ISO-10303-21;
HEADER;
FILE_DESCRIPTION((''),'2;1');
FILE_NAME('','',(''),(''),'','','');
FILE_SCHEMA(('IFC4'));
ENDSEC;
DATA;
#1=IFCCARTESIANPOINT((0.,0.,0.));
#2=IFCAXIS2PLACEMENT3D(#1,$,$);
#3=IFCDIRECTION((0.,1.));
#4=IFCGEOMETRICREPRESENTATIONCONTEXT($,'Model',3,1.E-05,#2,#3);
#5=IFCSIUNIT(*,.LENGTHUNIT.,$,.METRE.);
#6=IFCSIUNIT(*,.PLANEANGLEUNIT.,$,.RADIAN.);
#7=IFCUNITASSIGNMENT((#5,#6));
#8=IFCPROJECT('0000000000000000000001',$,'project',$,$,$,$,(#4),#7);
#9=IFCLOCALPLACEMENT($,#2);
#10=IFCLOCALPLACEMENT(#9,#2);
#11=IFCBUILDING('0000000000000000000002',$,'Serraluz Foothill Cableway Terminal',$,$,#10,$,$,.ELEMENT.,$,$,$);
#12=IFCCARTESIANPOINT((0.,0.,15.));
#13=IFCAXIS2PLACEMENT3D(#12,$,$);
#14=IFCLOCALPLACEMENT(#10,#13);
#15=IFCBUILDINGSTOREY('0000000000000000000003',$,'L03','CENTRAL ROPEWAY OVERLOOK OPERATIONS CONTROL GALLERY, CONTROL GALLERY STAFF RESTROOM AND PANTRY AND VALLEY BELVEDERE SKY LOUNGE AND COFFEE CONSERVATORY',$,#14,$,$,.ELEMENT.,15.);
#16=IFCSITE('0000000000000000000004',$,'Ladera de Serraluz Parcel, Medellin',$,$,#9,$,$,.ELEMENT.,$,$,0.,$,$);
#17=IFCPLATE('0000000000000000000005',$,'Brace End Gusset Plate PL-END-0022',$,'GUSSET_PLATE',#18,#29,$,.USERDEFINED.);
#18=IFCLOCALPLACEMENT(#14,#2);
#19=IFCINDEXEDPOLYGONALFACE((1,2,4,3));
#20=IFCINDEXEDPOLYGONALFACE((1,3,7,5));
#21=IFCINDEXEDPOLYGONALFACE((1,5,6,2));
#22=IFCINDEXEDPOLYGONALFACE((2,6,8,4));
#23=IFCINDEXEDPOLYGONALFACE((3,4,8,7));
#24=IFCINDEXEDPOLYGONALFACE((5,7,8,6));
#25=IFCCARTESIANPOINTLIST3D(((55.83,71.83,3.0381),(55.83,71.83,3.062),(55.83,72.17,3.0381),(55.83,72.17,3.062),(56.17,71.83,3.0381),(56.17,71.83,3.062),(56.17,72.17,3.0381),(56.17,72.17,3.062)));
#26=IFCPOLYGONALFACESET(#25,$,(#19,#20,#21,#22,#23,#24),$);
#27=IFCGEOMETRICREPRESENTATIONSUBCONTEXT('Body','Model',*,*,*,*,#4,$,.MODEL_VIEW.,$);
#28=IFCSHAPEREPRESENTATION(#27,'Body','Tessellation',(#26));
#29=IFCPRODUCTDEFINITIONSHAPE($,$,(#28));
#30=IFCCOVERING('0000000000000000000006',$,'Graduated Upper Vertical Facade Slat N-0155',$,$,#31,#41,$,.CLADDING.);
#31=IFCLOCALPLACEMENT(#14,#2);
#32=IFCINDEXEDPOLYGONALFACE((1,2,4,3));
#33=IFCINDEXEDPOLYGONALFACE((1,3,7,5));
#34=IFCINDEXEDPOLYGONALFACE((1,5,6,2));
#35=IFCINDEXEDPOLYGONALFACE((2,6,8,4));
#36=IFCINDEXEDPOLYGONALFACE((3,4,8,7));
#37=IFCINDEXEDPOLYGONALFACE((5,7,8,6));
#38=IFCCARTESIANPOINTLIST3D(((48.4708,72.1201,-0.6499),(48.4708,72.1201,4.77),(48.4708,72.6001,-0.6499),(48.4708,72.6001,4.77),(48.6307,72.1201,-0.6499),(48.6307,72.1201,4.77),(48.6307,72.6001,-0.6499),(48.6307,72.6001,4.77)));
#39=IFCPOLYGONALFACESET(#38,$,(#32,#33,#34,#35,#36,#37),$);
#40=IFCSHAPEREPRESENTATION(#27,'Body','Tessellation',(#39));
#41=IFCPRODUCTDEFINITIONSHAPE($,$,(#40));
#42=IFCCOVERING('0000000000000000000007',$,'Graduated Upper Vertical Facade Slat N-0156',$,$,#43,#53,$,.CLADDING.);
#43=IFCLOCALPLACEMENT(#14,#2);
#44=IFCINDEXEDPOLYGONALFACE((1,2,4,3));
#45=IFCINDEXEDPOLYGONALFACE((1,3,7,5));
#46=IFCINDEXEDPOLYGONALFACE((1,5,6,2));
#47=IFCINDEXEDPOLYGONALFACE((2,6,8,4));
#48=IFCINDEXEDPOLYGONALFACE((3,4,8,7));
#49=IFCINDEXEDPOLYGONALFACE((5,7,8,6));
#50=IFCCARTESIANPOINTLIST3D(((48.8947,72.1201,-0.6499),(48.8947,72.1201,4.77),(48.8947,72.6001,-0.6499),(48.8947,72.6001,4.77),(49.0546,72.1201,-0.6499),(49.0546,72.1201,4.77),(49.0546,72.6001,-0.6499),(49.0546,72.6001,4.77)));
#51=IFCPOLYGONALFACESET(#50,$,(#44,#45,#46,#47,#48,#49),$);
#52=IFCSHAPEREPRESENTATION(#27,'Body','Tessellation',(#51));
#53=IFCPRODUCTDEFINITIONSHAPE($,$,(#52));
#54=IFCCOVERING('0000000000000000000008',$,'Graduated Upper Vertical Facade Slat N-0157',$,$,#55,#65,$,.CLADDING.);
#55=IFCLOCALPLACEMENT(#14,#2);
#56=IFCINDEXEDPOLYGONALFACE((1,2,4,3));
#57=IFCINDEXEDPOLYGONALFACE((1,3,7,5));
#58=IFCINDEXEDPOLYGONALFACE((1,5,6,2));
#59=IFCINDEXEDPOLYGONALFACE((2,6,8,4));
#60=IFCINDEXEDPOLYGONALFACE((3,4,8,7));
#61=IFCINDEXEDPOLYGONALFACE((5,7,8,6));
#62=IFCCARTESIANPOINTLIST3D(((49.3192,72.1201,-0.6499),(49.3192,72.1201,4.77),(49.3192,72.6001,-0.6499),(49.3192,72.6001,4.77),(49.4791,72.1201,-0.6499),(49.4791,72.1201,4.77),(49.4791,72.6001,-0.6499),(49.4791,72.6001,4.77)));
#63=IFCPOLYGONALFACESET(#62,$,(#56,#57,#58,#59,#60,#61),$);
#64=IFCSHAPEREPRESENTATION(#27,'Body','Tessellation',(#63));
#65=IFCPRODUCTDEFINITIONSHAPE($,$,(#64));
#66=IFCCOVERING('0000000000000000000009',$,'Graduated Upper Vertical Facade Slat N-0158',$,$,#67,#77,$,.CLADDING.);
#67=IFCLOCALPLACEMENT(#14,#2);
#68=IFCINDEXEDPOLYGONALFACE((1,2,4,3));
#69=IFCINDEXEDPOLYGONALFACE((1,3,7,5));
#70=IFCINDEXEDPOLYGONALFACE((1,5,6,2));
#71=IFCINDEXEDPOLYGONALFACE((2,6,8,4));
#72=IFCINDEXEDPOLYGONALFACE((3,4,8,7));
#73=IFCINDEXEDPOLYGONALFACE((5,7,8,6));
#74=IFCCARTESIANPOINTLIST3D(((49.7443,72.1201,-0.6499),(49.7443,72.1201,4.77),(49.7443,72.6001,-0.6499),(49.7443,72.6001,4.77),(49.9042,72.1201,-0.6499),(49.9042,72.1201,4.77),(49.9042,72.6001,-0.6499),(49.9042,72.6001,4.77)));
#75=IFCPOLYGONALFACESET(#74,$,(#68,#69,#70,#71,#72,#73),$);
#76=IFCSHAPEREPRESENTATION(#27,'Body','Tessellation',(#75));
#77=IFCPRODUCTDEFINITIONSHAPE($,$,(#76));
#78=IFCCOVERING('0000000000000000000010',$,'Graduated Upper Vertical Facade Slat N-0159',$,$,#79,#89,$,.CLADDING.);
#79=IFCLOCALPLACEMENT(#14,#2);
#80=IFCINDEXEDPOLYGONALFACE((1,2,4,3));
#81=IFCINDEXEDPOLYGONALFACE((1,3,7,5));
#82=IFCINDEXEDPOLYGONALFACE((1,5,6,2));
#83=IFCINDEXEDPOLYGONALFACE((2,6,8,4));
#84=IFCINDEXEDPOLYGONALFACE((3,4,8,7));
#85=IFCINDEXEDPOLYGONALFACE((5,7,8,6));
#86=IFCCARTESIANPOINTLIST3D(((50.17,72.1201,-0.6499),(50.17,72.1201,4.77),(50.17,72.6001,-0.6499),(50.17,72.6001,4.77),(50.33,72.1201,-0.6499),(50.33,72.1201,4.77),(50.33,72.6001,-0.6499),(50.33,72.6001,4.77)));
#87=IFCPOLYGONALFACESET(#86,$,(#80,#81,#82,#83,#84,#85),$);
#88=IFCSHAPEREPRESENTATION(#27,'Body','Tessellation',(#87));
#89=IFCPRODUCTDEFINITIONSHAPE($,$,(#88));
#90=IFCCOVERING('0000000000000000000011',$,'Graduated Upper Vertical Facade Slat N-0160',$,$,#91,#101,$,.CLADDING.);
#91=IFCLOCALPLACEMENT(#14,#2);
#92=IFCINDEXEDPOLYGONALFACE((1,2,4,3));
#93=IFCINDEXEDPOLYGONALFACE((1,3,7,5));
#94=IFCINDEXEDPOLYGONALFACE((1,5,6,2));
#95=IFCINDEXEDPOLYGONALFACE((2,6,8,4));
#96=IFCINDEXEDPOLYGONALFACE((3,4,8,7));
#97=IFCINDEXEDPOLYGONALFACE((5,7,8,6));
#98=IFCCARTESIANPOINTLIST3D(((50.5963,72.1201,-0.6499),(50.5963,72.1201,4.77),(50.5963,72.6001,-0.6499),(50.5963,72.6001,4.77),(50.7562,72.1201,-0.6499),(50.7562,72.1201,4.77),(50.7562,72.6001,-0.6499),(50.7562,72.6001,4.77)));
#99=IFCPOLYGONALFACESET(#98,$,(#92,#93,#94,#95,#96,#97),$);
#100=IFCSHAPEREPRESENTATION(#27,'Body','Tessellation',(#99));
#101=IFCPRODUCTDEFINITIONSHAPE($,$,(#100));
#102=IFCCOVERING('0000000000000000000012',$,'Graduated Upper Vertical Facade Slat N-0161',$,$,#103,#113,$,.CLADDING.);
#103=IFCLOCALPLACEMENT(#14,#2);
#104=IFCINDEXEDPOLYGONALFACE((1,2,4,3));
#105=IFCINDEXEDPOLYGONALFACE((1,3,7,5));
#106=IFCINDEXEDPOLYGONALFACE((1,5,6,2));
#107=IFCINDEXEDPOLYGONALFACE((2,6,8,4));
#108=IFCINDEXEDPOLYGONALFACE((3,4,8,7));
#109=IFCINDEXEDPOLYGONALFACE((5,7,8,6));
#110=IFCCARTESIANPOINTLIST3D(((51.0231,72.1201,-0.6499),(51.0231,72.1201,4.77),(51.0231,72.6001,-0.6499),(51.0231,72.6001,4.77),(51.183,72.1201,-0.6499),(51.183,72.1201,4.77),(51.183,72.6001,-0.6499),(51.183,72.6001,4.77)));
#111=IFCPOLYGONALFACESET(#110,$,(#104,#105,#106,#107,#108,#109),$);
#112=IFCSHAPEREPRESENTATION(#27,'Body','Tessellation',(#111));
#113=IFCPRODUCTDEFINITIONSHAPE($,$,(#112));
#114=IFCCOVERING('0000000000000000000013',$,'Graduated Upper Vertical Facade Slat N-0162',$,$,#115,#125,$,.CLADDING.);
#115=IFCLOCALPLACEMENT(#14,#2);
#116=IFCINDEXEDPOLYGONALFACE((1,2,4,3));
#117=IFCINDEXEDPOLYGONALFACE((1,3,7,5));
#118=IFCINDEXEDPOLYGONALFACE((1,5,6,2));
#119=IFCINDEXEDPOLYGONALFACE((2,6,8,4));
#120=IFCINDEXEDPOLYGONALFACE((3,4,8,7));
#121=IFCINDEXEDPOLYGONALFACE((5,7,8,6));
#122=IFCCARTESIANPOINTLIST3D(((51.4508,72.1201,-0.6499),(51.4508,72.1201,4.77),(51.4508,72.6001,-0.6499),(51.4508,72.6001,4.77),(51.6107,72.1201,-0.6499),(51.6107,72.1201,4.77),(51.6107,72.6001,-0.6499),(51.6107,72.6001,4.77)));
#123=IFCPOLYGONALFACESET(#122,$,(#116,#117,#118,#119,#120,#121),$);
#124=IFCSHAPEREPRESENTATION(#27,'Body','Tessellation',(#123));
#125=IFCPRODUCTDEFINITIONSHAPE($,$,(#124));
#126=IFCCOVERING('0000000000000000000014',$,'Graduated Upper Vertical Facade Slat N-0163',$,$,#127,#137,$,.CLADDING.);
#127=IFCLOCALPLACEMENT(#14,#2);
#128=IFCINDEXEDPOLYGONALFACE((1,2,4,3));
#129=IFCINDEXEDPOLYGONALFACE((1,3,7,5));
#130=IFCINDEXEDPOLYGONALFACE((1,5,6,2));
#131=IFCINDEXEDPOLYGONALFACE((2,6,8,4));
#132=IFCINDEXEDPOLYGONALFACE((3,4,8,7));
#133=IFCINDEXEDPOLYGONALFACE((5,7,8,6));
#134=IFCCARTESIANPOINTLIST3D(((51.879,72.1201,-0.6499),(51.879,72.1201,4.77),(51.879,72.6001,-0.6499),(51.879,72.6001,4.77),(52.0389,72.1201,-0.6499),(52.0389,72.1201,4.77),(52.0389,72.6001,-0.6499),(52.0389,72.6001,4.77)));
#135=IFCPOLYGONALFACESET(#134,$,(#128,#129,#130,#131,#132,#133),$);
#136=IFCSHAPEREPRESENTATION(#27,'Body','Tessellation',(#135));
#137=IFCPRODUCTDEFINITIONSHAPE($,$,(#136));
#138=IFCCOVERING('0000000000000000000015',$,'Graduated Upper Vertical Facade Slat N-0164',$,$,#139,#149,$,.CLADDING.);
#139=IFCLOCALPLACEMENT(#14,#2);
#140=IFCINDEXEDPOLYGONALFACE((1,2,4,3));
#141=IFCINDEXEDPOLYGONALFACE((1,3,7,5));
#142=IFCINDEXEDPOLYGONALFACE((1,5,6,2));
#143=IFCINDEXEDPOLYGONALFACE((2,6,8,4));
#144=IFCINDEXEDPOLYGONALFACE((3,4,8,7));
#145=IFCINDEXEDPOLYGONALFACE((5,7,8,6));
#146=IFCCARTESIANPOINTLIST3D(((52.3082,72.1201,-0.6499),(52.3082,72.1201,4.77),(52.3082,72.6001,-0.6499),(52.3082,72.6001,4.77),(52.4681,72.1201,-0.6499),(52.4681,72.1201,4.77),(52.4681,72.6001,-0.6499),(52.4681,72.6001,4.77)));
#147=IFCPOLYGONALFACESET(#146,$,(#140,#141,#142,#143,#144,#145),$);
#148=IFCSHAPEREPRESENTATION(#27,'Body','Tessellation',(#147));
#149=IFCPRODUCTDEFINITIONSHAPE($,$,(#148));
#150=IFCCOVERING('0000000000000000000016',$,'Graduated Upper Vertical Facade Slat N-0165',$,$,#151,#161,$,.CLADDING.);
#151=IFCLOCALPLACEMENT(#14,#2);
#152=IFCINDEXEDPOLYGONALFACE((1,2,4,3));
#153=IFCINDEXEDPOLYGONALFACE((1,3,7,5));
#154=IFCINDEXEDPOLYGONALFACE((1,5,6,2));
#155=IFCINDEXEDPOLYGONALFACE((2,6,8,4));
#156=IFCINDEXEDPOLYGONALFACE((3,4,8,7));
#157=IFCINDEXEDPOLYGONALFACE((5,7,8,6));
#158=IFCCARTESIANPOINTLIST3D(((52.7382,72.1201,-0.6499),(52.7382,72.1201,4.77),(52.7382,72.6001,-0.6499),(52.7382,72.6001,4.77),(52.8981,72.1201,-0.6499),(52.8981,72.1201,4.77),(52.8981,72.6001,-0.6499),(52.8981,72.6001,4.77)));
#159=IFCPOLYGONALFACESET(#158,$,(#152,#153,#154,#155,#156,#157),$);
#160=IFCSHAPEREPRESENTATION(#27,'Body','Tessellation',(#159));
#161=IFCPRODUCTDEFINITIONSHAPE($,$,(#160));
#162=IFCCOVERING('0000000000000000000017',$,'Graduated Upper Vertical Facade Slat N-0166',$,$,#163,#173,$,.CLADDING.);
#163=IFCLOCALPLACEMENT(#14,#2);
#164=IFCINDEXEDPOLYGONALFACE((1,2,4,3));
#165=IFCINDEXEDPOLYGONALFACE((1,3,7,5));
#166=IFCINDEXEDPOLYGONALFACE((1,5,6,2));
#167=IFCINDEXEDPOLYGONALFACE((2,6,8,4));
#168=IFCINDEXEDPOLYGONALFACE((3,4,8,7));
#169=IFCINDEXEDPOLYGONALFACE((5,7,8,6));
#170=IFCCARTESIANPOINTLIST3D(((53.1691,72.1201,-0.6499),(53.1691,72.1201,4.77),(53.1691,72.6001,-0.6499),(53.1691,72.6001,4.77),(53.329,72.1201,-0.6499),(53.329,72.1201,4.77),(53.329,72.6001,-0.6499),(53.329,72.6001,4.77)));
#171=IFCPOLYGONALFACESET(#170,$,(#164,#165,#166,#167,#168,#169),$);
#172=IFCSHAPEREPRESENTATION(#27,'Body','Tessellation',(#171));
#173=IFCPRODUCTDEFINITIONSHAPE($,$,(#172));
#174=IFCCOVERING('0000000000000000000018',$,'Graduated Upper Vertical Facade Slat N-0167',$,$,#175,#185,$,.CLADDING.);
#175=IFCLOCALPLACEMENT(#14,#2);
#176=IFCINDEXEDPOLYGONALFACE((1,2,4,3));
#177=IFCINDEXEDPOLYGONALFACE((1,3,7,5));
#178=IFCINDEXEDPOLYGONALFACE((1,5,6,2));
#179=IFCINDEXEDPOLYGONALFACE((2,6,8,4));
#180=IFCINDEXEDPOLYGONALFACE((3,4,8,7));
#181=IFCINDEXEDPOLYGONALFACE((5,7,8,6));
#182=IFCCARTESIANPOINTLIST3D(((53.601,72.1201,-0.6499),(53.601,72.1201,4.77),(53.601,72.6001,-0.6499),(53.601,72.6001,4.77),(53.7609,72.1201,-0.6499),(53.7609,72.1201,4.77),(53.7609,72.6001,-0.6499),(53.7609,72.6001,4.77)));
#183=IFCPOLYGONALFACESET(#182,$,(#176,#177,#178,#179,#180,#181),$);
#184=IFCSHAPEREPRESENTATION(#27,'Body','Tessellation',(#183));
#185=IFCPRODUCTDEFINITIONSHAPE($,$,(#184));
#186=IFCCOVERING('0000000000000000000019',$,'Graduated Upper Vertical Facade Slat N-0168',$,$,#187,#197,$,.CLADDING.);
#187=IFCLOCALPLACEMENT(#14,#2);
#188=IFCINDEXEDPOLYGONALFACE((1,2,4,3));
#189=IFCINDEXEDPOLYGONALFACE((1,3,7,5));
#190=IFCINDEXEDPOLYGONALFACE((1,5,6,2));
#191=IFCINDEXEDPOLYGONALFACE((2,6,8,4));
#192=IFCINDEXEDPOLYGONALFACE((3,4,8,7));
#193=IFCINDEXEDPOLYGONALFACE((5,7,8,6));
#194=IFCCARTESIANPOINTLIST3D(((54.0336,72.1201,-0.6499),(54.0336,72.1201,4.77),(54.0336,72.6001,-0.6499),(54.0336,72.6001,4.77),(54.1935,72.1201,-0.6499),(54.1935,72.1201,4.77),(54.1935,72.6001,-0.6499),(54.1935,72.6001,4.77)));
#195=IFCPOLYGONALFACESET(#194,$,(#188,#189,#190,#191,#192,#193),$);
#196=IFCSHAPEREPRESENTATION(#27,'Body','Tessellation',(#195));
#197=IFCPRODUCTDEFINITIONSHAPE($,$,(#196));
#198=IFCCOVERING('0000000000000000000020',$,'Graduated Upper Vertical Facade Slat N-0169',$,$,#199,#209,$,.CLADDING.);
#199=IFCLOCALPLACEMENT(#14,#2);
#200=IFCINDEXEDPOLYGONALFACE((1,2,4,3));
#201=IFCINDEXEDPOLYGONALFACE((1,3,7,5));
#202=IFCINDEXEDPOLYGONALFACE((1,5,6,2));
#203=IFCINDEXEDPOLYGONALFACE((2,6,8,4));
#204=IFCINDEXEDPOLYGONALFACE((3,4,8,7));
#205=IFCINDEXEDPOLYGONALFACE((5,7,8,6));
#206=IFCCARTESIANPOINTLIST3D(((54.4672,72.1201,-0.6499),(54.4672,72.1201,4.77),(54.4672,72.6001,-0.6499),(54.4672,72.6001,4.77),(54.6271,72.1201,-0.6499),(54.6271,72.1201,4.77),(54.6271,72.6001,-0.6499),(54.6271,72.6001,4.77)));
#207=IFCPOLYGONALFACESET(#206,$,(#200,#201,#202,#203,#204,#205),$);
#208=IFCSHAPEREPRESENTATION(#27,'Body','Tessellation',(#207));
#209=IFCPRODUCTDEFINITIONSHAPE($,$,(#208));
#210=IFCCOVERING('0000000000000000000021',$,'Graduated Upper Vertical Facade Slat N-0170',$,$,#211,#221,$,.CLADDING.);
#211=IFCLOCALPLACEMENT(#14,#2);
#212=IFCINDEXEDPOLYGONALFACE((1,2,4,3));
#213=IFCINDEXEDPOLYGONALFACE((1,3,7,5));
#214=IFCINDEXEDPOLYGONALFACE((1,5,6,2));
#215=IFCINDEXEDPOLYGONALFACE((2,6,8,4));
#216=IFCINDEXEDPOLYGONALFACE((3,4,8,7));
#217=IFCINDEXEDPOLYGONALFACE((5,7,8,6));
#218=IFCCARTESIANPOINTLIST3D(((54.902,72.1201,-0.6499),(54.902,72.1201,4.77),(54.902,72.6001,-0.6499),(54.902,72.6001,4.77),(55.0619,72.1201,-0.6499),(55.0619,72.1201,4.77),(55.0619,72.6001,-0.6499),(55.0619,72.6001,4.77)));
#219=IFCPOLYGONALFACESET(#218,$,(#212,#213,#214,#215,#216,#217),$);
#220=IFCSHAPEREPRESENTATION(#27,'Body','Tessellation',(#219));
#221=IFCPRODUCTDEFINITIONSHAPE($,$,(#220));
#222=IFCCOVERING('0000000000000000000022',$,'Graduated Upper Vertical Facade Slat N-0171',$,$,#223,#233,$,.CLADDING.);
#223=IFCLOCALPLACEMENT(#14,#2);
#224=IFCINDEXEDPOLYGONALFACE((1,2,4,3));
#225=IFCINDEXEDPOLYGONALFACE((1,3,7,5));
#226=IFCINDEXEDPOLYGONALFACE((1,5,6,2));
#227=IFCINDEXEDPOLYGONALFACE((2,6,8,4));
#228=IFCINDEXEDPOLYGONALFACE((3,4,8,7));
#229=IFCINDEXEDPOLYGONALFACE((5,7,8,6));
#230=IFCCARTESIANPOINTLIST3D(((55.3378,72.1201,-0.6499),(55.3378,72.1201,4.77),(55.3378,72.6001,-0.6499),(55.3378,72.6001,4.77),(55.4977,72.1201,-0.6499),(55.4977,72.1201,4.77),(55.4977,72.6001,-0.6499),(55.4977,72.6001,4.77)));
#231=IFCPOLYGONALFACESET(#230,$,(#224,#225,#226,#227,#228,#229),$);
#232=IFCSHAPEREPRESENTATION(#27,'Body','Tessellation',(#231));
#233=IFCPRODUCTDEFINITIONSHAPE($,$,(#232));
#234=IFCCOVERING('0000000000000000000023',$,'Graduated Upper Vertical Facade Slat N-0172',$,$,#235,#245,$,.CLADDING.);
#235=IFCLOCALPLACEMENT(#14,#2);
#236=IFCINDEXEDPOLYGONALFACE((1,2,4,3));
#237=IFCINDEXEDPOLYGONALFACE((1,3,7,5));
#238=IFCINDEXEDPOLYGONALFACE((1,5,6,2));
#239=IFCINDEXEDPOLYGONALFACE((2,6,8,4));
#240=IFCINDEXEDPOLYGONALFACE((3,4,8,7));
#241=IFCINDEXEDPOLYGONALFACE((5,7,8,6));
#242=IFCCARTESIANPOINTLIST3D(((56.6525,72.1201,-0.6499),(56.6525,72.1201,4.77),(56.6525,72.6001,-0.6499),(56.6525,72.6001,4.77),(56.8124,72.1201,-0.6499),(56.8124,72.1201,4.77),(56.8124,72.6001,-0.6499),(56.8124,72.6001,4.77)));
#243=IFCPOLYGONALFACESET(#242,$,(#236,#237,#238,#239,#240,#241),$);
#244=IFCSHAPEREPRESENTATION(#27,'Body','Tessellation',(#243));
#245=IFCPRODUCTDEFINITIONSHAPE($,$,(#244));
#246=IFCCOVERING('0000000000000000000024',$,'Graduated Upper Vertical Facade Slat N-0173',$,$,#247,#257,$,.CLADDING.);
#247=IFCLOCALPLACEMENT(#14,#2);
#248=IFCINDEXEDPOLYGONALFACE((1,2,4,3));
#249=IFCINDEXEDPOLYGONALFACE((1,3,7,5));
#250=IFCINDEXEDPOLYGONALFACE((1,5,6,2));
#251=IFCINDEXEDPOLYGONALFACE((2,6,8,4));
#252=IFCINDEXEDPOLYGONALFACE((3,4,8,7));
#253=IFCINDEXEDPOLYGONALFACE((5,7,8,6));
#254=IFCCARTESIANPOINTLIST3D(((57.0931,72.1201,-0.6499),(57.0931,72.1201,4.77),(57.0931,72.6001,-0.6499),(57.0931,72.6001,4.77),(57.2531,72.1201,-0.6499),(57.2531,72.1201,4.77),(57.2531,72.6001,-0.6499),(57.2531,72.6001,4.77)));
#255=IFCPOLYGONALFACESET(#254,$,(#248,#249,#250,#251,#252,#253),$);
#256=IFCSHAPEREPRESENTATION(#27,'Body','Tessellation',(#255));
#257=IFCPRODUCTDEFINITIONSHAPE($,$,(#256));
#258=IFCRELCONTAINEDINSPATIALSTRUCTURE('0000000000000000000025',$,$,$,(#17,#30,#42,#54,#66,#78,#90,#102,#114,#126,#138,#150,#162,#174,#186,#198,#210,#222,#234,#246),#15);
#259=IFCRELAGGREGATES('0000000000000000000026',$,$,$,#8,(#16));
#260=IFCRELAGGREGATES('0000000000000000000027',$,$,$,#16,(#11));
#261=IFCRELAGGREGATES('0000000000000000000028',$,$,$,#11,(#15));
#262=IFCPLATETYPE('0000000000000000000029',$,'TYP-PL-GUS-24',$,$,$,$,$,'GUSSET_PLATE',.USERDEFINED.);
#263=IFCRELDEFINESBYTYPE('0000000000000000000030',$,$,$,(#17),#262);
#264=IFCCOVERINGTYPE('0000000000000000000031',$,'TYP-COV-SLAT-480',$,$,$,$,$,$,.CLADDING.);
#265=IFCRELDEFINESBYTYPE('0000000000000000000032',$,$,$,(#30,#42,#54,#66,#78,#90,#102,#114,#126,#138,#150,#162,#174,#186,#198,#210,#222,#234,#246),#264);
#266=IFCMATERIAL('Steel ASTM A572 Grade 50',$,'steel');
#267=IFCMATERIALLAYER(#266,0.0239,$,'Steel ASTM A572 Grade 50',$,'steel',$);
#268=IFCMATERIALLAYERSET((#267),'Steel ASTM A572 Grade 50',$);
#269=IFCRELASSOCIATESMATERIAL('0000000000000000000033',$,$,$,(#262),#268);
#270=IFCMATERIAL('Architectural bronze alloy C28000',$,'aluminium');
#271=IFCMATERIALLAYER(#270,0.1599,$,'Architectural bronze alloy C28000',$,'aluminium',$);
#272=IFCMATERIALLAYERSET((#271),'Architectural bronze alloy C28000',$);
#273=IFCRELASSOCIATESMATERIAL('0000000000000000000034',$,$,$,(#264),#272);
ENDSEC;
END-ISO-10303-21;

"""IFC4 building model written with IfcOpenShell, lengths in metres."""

from ifc_helpers import new_model, si_unit, direction, frame, origin, origin_2d, place, context, subcontext, project, spatial, rectangle, extrude, material, layer, layer_set, type_object, element, save


model = new_model("IFC4")

# Units and contexts
model_context = context("Model", 3, precision=1e-05, world=origin(), true_north=direction((0.0, 1.0)))
body_context = subcontext(model_context, "Body", "Model", "MODEL_VIEW")
ifc_project = project(units=[si_unit("LENGTHUNIT", "METRE"), si_unit("PLANEANGLEUNIT", "RADIAN")], contexts=[model_context])

# Site, building, storey
site_placement = place(None, origin())
site = spatial("IfcSite", under=ifc_project, at=site_placement, Name="Ladera de Serraluz Parcel, Medellin", CompositionType="ELEMENT", RefElevation=0.0)
building_placement = place(site_placement, origin())
building = spatial("IfcBuilding", under=site, at=building_placement, Name="Serraluz Foothill Cableway Terminal", CompositionType="ELEMENT")
storey_placement = place(building_placement, frame((0.0, 0.0, 15.0)))
storey = spatial("IfcBuildingStorey", under=building, at=storey_placement, Name="L03", Description="CENTRAL ROPEWAY OVERLOOK OPERATIONS CONTROL GALLERY, CONTROL GALLERY STAFF RESTROOM AND PANTRY AND VALLEY BELVEDERE SKY LOUNGE AND COFFEE CONSERVATORY", CompositionType="ELEMENT", Elevation=15.0)

# Shared definitions
ifc_material_1 = material(Name="Architectural bronze alloy C28000", Category="aluminium")

# Shared definitions
ifc_material_2 = material(Name="Steel ASTM A572 Grade 50", Category="steel")

# Plate
ifc_layer_1 = layer(ifc_material_2, 0.0239, Name="Steel ASTM A572 Grade 50", Category="steel")
ifc_layer_set_1 = layer_set([ifc_layer_1], Name="Steel ASTM A572 Grade 50")
plate_type_1 = type_object("IfcPlateType", Name="TYP-PL-GUS-24", ElementType="GUSSET_PLATE", PredefinedType="USERDEFINED", material=ifc_layer_set_1)
plate_1_placement = place(storey_placement, frame((56.0, 72.0, 3.0381), z_axis=(0.0, 0.0, 1.0), x_axis=(1.0, 0.0, 0.0)))
element("IfcPlate", 1, at=plate_1_placement, inside=storey, type_object=plate_type_1, Name="Brace End Gusset Plate PL-END-0022", ObjectType="GUSSET_PLATE", PredefinedType="USERDEFINED", context=body_context, shape_type="SweptSolid", body=[
    extrude(rectangle(XDim=0.3401, YDim=0.3401, at=origin_2d()), origin(), (0.0, 0.0, 1.0), 0.0239),
])

# Coverings
ifc_layer_2 = layer(ifc_material_1, 0.1599, Name="Architectural bronze alloy C28000", Category="aluminium")
ifc_layer_set_2 = layer_set([ifc_layer_2], Name="Architectural bronze alloy C28000")
covering_type = type_object("IfcCoveringType", Name="TYP-COV-SLAT-480", PredefinedType="CLADDING", material=ifc_layer_set_2)
for number, where, z_axis, x_axis, name in (
    (2, (48.5508, 72.3601, -0.6499), (0.0, 0.0, 1.0), (1.0, 0.0, 0.0), "Graduated Upper Vertical Facade Slat N-0155"),
    (3, (48.9746, 72.3601, -0.6499), (0.0, 0.0, 1.0), (1.0, 0.0, 0.0), "Graduated Upper Vertical Facade Slat N-0156"),
    (4, (49.3992, 72.3601, -0.6499), (0.0, 0.0, 1.0), (1.0, 0.0, 0.0), "Graduated Upper Vertical Facade Slat N-0157"),
    (5, (49.8242, 72.3601, -0.6499), (0.0, 0.0, 1.0), (1.0, 0.0, 0.0), "Graduated Upper Vertical Facade Slat N-0158"),
    (6, (50.25, 72.3601, -0.6499), (0.0, 0.0, 1.0), (1.0, 0.0, 0.0), "Graduated Upper Vertical Facade Slat N-0159"),
    (7, (50.6763, 72.3601, -0.6499), (0.0, 0.0, 1.0), (1.0, 0.0, 0.0), "Graduated Upper Vertical Facade Slat N-0160"),
    (8, (51.103, 72.3601, -0.6499), (0.0, 0.0, 1.0), (1.0, 0.0, 0.0), "Graduated Upper Vertical Facade Slat N-0161"),
    (9, (51.5308, 72.3601, -0.6499), (0.0, 0.0, 1.0), (1.0, 0.0, 0.0), "Graduated Upper Vertical Facade Slat N-0162"),
    (10, (51.959, 72.3601, -0.6499), (0.0, 0.0, 1.0), (1.0, 0.0, 0.0), "Graduated Upper Vertical Facade Slat N-0163"),
    (11, (52.3882, 72.3601, -0.6499), (0.0, 0.0, 1.0), (1.0, 0.0, 0.0), "Graduated Upper Vertical Facade Slat N-0164"),
    (12, (52.8181, 72.3601, -0.6499), (0.0, 0.0, 1.0), (1.0, 0.0, 0.0), "Graduated Upper Vertical Facade Slat N-0165"),
    (13, (53.249, 72.3601, -0.6499), (0.0, 0.0, 1.0), (1.0, 0.0, 0.0), "Graduated Upper Vertical Facade Slat N-0166"),
    (14, (53.6809, 72.3601, -0.6499), (0.0, 0.0, 1.0), (1.0, 0.0, 0.0), "Graduated Upper Vertical Facade Slat N-0167"),
    (15, (54.1135, 72.3601, -0.6499), (0.0, 0.0, 1.0), (1.0, 0.0, 0.0), "Graduated Upper Vertical Facade Slat N-0168"),
    (16, (54.5471, 72.3601, -0.6499), (0.0, 0.0, 1.0), (1.0, 0.0, 0.0), "Graduated Upper Vertical Facade Slat N-0169"),
    (17, (54.9819, 72.3601, -0.6499), (0.0, 0.0, 1.0), (1.0, 0.0, 0.0), "Graduated Upper Vertical Facade Slat N-0170"),
    (18, (55.4177, 72.3601, -0.6499), (0.0, 0.0, 1.0), (1.0, 0.0, 0.0), "Graduated Upper Vertical Facade Slat N-0171"),
    (19, (56.7324, 72.3601, -0.6499), (0.0, 0.0, 1.0), (1.0, 0.0, 0.0), "Graduated Upper Vertical Facade Slat N-0172"),
    (20, (57.1731, 72.3601, -0.6499), (0.0, 0.0, 1.0), (1.0, 0.0, 0.0), "Graduated Upper Vertical Facade Slat N-0173"),
):
    element("IfcCovering", number, at=place(storey_placement, frame(where, z_axis=z_axis, x_axis=x_axis)), inside=storey, type_object=covering_type, Name=name, PredefinedType="CLADDING", context=body_context, shape_type="SweptSolid", body=[
        extrude(rectangle(XDim=0.1599, YDim=0.48, at=origin_2d()), origin(), (0.0, 0.0, 1.0), 5.4199),
    ])

save(model, "model.ifc")
